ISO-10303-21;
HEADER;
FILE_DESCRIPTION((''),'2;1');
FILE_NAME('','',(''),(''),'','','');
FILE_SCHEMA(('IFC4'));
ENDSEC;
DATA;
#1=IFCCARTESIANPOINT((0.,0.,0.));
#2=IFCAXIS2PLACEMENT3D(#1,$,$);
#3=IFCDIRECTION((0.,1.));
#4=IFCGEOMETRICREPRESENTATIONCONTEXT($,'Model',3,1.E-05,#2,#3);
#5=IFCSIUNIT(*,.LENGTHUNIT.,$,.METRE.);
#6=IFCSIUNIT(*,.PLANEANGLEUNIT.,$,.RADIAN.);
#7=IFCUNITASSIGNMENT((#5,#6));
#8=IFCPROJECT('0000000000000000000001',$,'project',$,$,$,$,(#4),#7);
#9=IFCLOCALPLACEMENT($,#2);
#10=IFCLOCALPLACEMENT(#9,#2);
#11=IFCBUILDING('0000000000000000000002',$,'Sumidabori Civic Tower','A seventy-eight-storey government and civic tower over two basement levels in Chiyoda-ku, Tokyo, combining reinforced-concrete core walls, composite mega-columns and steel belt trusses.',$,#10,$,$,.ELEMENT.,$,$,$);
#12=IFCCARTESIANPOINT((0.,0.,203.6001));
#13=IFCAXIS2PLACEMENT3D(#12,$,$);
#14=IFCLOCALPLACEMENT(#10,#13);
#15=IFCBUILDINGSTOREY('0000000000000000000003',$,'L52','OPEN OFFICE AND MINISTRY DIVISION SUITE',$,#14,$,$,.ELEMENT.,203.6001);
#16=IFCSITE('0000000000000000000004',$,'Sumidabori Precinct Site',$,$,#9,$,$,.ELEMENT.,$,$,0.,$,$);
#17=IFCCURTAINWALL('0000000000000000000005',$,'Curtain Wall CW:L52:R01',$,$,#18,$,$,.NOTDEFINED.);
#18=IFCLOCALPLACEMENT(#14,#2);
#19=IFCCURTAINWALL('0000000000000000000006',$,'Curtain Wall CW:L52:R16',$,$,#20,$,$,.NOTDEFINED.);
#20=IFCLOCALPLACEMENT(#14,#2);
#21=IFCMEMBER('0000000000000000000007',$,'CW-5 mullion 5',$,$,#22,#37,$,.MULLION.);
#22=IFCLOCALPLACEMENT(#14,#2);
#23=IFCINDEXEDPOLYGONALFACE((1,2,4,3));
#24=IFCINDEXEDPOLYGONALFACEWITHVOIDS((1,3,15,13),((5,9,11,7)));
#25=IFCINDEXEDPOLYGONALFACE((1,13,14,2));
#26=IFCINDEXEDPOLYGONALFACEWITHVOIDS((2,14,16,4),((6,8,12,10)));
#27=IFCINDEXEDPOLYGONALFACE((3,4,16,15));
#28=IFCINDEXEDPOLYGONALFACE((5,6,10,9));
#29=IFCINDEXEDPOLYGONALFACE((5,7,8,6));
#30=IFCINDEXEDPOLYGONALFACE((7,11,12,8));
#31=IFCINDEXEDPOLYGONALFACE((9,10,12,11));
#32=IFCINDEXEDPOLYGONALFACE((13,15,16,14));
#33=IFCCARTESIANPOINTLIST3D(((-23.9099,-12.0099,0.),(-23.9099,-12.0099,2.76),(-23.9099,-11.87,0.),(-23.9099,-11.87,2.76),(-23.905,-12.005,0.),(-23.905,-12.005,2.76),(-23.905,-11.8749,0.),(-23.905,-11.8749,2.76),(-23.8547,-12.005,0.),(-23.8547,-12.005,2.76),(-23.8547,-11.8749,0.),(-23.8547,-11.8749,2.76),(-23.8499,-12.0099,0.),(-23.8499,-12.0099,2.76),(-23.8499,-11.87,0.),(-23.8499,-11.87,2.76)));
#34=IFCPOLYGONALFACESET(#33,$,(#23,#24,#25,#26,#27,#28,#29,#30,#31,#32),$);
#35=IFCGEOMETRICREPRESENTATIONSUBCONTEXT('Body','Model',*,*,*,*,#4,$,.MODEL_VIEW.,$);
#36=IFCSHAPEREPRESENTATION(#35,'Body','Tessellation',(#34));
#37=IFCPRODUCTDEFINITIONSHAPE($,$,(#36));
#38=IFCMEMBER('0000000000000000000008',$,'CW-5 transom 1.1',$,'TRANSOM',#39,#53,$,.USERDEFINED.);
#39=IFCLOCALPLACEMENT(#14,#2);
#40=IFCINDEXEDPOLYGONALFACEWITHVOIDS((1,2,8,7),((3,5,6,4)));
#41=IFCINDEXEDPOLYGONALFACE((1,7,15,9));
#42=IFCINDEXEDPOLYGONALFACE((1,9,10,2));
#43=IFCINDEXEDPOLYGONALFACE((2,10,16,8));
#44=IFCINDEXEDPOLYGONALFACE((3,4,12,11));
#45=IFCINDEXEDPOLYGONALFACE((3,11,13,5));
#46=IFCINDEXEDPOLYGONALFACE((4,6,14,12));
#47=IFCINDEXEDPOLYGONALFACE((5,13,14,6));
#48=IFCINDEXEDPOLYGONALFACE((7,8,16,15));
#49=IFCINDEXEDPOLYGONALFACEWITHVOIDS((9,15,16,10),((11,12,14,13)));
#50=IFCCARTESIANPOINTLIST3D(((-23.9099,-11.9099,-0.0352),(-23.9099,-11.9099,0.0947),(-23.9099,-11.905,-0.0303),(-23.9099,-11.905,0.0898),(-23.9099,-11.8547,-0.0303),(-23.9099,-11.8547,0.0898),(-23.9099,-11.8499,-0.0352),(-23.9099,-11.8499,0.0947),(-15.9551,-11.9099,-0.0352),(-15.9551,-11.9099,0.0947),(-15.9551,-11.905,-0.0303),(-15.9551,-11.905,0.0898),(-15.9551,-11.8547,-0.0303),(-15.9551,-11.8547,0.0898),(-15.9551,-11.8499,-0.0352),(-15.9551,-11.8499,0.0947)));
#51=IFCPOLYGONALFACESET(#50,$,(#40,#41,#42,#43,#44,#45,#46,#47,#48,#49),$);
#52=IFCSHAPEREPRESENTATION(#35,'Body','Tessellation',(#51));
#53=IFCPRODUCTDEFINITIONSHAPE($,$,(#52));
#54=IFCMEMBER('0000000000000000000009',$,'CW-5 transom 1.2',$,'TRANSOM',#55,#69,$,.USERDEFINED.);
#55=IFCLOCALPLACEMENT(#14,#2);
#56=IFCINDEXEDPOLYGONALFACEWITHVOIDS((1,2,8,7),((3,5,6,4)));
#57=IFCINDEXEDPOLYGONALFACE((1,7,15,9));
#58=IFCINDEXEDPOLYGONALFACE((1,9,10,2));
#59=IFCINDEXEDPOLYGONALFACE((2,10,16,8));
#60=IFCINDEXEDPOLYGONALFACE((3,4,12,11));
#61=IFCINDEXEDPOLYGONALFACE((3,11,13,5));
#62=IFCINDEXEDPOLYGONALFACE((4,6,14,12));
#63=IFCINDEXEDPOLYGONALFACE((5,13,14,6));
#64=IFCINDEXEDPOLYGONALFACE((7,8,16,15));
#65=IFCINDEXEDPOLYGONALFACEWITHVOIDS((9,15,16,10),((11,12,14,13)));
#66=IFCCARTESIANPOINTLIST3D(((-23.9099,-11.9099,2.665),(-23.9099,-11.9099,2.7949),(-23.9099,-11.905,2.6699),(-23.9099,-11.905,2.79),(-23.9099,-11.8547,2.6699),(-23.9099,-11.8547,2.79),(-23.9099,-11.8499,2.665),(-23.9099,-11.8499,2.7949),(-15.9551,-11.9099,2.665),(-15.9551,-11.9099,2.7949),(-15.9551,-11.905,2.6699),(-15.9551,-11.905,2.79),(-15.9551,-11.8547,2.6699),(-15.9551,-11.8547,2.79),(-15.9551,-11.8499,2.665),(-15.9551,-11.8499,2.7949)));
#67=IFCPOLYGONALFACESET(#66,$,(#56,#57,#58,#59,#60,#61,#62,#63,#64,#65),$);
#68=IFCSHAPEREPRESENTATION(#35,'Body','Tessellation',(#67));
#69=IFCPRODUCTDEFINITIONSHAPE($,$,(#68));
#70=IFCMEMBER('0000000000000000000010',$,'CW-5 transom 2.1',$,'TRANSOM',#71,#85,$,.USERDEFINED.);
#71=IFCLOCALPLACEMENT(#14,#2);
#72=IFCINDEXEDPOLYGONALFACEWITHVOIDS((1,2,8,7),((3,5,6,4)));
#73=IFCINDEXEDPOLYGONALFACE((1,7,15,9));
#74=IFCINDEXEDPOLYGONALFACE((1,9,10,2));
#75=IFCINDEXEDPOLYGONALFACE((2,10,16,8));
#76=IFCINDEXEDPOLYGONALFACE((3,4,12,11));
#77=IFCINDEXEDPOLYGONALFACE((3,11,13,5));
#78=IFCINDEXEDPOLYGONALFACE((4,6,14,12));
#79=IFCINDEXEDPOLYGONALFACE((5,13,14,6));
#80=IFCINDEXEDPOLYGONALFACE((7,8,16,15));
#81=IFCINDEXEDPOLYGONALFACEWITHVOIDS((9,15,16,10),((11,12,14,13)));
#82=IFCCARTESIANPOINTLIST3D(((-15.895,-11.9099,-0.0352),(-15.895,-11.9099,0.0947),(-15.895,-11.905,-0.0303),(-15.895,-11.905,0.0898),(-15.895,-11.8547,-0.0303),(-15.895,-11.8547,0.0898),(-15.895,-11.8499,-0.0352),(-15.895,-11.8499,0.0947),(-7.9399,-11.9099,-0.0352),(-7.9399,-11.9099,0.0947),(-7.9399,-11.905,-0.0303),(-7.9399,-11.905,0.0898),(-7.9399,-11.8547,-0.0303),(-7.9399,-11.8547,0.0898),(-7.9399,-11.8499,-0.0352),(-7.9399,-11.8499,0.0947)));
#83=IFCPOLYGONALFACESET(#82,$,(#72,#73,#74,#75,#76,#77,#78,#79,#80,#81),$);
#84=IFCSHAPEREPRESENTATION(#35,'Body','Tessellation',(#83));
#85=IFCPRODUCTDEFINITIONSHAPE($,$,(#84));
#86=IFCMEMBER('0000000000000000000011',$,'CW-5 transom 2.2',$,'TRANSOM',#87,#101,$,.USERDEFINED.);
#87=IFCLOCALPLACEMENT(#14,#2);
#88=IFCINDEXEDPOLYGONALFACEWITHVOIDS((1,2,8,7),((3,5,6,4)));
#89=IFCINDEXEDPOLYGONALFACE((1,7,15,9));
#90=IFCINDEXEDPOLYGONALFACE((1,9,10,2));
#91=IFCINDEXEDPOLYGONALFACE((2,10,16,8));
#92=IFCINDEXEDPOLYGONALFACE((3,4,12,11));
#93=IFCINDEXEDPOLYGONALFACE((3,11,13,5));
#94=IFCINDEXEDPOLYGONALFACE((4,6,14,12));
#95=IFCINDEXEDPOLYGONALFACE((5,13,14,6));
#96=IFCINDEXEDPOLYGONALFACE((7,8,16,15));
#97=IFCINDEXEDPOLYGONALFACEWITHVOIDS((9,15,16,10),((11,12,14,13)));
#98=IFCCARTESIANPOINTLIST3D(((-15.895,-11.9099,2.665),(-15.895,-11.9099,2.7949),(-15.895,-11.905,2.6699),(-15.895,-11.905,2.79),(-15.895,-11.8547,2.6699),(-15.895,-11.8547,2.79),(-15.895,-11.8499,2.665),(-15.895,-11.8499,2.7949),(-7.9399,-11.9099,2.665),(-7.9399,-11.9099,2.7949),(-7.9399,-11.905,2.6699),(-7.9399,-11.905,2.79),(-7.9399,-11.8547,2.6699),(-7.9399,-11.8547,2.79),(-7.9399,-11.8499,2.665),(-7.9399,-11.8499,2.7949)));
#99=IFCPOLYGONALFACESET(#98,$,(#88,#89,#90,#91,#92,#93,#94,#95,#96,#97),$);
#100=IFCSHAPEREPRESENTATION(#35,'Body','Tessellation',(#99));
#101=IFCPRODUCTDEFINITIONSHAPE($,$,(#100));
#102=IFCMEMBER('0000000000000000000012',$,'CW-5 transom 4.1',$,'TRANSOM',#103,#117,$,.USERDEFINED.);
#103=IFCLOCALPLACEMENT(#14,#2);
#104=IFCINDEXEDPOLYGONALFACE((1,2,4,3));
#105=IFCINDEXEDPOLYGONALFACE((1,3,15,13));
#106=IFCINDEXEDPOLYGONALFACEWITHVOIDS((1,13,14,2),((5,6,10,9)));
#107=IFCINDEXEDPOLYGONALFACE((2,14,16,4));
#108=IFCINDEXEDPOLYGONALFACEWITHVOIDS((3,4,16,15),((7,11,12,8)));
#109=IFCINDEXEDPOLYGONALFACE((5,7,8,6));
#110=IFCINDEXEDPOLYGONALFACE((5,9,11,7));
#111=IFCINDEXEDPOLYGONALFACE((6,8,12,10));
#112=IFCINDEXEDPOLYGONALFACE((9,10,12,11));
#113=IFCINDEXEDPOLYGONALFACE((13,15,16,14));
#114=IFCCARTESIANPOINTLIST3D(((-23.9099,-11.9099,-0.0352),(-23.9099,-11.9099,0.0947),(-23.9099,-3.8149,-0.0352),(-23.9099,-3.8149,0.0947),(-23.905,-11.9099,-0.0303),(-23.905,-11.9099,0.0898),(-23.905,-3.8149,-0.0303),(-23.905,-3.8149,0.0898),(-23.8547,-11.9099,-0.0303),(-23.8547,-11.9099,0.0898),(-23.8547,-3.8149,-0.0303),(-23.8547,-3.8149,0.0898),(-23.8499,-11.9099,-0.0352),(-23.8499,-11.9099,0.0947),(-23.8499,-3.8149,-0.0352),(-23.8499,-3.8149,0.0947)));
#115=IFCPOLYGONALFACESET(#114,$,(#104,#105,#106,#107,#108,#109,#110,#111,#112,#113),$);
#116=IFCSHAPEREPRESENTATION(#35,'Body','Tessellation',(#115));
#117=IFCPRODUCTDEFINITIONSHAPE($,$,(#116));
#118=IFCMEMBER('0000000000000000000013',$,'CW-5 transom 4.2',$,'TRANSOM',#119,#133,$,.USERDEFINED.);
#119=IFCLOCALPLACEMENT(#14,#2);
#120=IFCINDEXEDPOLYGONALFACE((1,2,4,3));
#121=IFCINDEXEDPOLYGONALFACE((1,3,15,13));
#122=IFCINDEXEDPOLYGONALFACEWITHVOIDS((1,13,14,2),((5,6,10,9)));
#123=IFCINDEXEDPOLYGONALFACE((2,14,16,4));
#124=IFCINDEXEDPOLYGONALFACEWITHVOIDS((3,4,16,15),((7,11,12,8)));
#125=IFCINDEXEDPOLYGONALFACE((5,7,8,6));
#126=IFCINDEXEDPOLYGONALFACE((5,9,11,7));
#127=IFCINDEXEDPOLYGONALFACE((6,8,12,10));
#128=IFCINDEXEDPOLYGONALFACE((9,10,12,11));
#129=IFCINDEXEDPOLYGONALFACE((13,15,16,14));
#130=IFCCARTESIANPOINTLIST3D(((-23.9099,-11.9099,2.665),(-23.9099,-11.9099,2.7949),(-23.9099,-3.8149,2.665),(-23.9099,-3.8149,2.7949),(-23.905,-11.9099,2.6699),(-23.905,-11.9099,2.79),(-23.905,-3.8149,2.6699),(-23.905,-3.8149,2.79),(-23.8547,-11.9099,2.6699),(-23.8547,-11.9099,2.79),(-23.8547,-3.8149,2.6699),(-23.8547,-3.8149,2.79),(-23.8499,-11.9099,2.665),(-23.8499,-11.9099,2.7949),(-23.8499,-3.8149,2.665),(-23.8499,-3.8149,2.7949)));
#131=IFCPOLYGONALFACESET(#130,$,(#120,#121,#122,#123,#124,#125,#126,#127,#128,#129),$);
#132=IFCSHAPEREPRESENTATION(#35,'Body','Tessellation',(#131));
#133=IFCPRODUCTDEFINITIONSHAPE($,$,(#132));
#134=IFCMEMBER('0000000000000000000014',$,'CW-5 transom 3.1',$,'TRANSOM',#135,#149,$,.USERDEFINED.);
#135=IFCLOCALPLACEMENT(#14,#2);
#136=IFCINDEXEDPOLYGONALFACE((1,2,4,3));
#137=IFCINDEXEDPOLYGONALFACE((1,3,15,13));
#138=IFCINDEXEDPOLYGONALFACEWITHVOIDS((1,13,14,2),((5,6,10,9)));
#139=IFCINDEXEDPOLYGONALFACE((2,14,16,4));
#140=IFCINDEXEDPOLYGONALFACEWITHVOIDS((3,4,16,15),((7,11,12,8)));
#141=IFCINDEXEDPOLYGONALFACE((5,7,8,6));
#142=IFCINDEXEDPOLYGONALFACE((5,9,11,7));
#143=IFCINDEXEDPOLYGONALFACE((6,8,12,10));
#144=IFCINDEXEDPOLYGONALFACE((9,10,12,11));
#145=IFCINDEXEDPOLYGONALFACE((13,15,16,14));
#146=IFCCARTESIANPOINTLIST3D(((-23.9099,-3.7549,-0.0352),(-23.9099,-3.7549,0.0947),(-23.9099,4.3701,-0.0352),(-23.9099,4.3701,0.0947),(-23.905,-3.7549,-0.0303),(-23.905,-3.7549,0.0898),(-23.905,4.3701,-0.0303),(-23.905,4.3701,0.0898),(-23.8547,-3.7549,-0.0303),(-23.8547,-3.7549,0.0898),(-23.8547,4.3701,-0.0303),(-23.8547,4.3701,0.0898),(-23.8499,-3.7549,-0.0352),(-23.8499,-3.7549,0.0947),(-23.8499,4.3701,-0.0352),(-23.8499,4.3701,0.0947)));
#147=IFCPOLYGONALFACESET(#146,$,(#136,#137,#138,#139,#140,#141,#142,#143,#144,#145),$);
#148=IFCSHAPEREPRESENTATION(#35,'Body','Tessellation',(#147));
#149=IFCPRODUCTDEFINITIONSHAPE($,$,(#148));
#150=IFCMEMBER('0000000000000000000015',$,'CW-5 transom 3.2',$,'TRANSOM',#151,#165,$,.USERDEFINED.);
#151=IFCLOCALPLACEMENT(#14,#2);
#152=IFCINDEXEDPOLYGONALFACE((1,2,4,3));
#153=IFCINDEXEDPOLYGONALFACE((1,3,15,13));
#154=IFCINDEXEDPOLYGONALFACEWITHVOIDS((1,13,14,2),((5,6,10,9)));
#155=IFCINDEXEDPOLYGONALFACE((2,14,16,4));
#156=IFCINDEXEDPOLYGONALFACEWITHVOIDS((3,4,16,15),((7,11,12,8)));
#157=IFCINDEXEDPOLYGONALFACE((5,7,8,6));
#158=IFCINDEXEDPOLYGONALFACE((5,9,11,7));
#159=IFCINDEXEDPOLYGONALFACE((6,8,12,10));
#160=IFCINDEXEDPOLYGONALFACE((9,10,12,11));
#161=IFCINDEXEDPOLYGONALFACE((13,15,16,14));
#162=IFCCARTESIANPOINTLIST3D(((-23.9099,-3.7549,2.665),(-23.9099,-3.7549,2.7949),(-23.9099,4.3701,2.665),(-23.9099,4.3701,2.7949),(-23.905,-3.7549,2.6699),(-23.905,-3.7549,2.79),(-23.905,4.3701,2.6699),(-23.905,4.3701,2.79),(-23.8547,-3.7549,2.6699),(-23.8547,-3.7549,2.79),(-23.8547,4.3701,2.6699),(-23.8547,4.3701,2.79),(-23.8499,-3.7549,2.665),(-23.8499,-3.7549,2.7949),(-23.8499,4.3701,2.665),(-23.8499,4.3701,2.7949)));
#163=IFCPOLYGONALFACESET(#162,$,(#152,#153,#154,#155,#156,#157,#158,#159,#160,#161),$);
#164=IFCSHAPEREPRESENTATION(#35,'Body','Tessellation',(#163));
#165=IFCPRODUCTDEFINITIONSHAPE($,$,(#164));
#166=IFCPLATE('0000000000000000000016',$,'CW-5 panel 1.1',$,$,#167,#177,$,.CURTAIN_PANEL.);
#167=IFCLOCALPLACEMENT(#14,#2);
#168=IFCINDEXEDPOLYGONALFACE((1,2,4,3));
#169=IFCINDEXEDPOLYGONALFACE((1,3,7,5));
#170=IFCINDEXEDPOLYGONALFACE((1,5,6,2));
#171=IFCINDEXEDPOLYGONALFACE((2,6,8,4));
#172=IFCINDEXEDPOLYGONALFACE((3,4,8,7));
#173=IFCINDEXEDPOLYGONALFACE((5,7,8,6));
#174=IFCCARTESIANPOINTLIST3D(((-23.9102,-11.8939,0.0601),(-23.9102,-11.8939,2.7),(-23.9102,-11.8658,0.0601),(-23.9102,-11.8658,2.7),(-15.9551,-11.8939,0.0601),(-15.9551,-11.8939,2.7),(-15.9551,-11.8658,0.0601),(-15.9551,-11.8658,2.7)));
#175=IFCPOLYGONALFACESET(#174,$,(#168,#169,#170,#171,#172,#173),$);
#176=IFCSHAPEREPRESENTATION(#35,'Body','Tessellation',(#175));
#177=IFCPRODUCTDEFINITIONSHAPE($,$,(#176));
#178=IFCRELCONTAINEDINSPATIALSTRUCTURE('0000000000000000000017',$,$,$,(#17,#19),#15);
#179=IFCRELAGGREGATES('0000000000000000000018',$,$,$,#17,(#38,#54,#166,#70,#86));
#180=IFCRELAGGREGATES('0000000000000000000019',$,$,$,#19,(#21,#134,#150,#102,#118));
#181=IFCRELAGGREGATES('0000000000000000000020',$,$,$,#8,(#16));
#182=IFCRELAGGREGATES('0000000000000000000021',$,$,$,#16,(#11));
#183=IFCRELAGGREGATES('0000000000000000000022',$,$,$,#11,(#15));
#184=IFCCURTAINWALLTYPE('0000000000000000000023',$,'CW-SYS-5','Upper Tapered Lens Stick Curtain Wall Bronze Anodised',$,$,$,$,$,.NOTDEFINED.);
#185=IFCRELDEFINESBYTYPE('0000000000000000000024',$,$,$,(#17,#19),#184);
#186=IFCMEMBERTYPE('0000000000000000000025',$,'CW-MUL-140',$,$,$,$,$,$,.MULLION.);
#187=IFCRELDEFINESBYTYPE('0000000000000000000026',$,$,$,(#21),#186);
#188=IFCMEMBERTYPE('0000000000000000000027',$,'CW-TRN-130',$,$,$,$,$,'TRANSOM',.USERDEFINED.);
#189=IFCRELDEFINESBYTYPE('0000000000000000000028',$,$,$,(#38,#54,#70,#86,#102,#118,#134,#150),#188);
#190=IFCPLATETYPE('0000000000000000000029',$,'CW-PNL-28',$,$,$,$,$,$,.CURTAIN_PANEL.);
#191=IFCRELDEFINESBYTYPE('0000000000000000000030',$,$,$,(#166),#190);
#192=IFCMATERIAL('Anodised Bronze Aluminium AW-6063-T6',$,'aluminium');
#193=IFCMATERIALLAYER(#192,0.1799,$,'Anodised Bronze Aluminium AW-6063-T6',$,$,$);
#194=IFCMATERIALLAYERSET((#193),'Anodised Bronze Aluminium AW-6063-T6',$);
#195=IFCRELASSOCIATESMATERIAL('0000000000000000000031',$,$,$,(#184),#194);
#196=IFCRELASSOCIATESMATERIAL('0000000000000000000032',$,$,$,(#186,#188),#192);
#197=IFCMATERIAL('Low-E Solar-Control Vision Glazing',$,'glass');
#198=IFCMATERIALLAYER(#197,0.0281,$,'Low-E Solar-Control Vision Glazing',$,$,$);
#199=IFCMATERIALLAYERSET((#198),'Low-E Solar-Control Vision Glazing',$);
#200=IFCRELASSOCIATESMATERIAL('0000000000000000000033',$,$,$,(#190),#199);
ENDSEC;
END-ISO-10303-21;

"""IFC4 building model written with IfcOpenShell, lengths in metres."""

from ifc_helpers import new_model, si_unit, direction, frame, origin, origin_2d, place, context, subcontext, project, spatial, rectangle, hollow_rectangle, extrude, source, transform, mapped, material, layer, layer_set, material_profile, profile_set, type_object, element, aggregate, save


model = new_model("IFC4")

# Units and contexts
model_context = context("Model", 3, precision=1e-05, world=origin(), true_north=direction((0.0, 1.0)))
body_context = subcontext(model_context, "Body", "Model", "MODEL_VIEW")
ifc_project = project(units=[si_unit("LENGTHUNIT", "METRE"), si_unit("PLANEANGLEUNIT", "RADIAN")], contexts=[model_context])

# Site, building, storey
site_placement = place(None, origin())
site = spatial("IfcSite", under=ifc_project, at=site_placement, Name="Sumidabori Precinct Site", CompositionType="ELEMENT", RefElevation=0.0)
building_placement = place(site_placement, origin())
building = spatial("IfcBuilding", under=site, at=building_placement, Name="Sumidabori Civic Tower", Description="A seventy-eight-storey government and civic tower over two basement levels in Chiyoda-ku, Tokyo, combining reinforced-concrete core walls, composite mega-columns and steel belt trusses.", CompositionType="ELEMENT")
storey_placement = place(building_placement, frame((0.0, 0.0, 203.6001)))
storey = spatial("IfcBuildingStorey", under=building, at=storey_placement, Name="L52", Description="OPEN OFFICE AND MINISTRY DIVISION SUITE", CompositionType="ELEMENT", Elevation=203.6001)

# Curtain walls, member
ifc_material_1 = material(Name="Anodised Bronze Aluminium AW-6063-T6", Category="aluminium")
ifc_layer_1 = layer(ifc_material_1, 0.1799, Name="Anodised Bronze Aluminium AW-6063-T6")
ifc_layer_set_1 = layer_set([ifc_layer_1], Name="Anodised Bronze Aluminium AW-6063-T6")
curtain_wall_type = type_object("IfcCurtainWallType", Name="CW-SYS-5", Description="Upper Tapered Lens Stick Curtain Wall Bronze Anodised", PredefinedType="NOTDEFINED", material=ifc_layer_set_1)
curtain_wall_1_placement = place(storey_placement, origin())
curtain_wall_1 = element("IfcCurtainWall", 1, at=curtain_wall_1_placement, inside=storey, type_object=curtain_wall_type, Name="Curtain Wall CW:L52:R01", PredefinedType="NOTDEFINED")
ifc_material_profile_1 = material_profile(ifc_material_1, hollow_rectangle(XDim=0.0601, YDim=0.1399, WallThickness=0.0049, at=origin_2d()), Name="ALU MULLION 140x60")
ifc_profile_set_1 = profile_set([ifc_material_profile_1], Name="Anodised Bronze Aluminium AW-6063-T6")
member_type_1 = type_object("IfcMemberType", Name="CW-MUL-140", PredefinedType="MULLION", material=ifc_profile_set_1)
shared_shape_1 = source(origin(), body_context, "Body", "SweptSolid", [
    extrude(hollow_rectangle(XDim=0.0601, YDim=0.1399, WallThickness=0.0049, at=origin_2d()), origin(), (0.0, 0.0, 1.0), 2.76),
])
curtain_wall_2_placement = place(storey_placement, origin())
curtain_wall_2 = element("IfcCurtainWall", 2, at=curtain_wall_2_placement, inside=storey, type_object=curtain_wall_type, Name="Curtain Wall CW:L52:R16", PredefinedType="NOTDEFINED")
member_1_placement = place(storey_placement, frame((-23.8799, -11.9399, 0.0), z_axis=(0.0, 0.0, 1.0), x_axis=(1.0, 0.0, 0.0)))
member_1 = element("IfcMember", 3, at=member_1_placement, type_object=member_type_1, Name="CW-5 mullion 5", PredefinedType="MULLION", context=body_context, shape_type="MappedRepresentation", body=[
    mapped(shared_shape_1, transform((0.0, 0.0, 0.0), x_axis=(1.0, 0.0, 0.0), y_axis=(0.0, 1.0, 0.0), z_axis=(0.0, 0.0, 1.0), scale=1.0)),
])

# Members
ifc_material_profile_2 = material_profile(ifc_material_1, hollow_rectangle(XDim=0.0601, YDim=0.1299, WallThickness=0.0049, at=origin_2d()), Name="ALU TRANSOM 130x60")
ifc_profile_set_2 = profile_set([ifc_material_profile_2], Name="Anodised Bronze Aluminium AW-6063-T6")
member_type_2 = type_object("IfcMemberType", Name="CW-TRN-130", ElementType="TRANSOM", PredefinedType="USERDEFINED", material=ifc_profile_set_2)
shared_shape_2 = source(origin(), body_context, "Body", "SweptSolid", [
    extrude(hollow_rectangle(XDim=0.0601, YDim=0.1299, WallThickness=0.0049, at=origin_2d()), origin(), (0.0, 0.0, 1.0), 7.9548),
])
member_2_placement = place(storey_placement, frame((-23.9099, -11.8799, 0.0298), z_axis=(1.0, 0.0, 0.0), x_axis=(0.0, 1.0, 0.0)))
member_2 = element("IfcMember", 4, at=member_2_placement, type_object=member_type_2, Name="CW-5 transom 1.1", ObjectType="TRANSOM", PredefinedType="USERDEFINED", context=body_context, shape_type="MappedRepresentation", body=[
    mapped(shared_shape_2, transform((0.0, 0.0, 0.0), x_axis=(1.0, 0.0, 0.0), y_axis=(0.0, 1.0, 0.0), z_axis=(0.0, 0.0, 1.0), scale=1.0)),
])
member_3_placement = place(storey_placement, frame((-23.9099, -11.8799, 2.73), z_axis=(1.0, 0.0, 0.0), x_axis=(0.0, 1.0, 0.0)))
member_3 = element("IfcMember", 5, at=member_3_placement, type_object=member_type_2, Name="CW-5 transom 1.2", ObjectType="TRANSOM", PredefinedType="USERDEFINED", context=body_context, shape_type="MappedRepresentation", body=[
    mapped(shared_shape_2, transform((0.0, 0.0, 0.0), x_axis=(1.0, 0.0, 0.0), y_axis=(0.0, 1.0, 0.0), z_axis=(0.0, 0.0, 1.0), scale=1.0)),
])
shared_shape_3 = source(origin(), body_context, "Body", "SweptSolid", [
    extrude(hollow_rectangle(XDim=0.0601, YDim=0.1299, WallThickness=0.0049, at=origin_2d()), origin(), (0.0, 0.0, 1.0), 7.9551),
])
member_4_placement = place(storey_placement, frame((-15.895, -11.8799, 0.0298), z_axis=(1.0, 0.0, 0.0), x_axis=(0.0, 1.0, 0.0)))
member_4 = element("IfcMember", 6, at=member_4_placement, type_object=member_type_2, Name="CW-5 transom 2.1", ObjectType="TRANSOM", PredefinedType="USERDEFINED", context=body_context, shape_type="MappedRepresentation", body=[
    mapped(shared_shape_3, transform((0.0, 0.0, 0.0), x_axis=(1.0, 0.0, 0.0), y_axis=(0.0, 1.0, 0.0), z_axis=(0.0, 0.0, 1.0), scale=1.0)),
])
member_5_placement = place(storey_placement, frame((-15.895, -11.8799, 2.73), z_axis=(1.0, 0.0, 0.0), x_axis=(0.0, 1.0, 0.0)))
member_5 = element("IfcMember", 7, at=member_5_placement, type_object=member_type_2, Name="CW-5 transom 2.2", ObjectType="TRANSOM", PredefinedType="USERDEFINED", context=body_context, shape_type="MappedRepresentation", body=[
    mapped(shared_shape_3, transform((0.0, 0.0, 0.0), x_axis=(1.0, 0.0, 0.0), y_axis=(0.0, 1.0, 0.0), z_axis=(0.0, 0.0, 1.0), scale=1.0)),
])
shared_shape_4 = source(origin(), body_context, "Body", "SweptSolid", [
    extrude(hollow_rectangle(XDim=0.0601, YDim=0.1299, WallThickness=0.0049, at=origin_2d()), origin(), (0.0, 0.0, 1.0), 8.095),
])
member_6_placement = place(storey_placement, frame((-23.8799, -3.8149, 0.0298), z_axis=(0.0, -1.0, 0.0), x_axis=(1.0, 0.0, 0.0)))
member_6 = element("IfcMember", 8, at=member_6_placement, type_object=member_type_2, Name="CW-5 transom 4.1", ObjectType="TRANSOM", PredefinedType="USERDEFINED", context=body_context, shape_type="MappedRepresentation", body=[
    mapped(shared_shape_4, transform((0.0, 0.0, 0.0), x_axis=(1.0, 0.0, 0.0), y_axis=(0.0, 1.0, 0.0), z_axis=(0.0, 0.0, 1.0), scale=1.0)),
])
member_7_placement = place(storey_placement, frame((-23.8799, -3.8149, 2.73), z_axis=(0.0, -1.0, 0.0), x_axis=(1.0, 0.0, 0.0)))
member_7 = element("IfcMember", 9, at=member_7_placement, type_object=member_type_2, Name="CW-5 transom 4.2", ObjectType="TRANSOM", PredefinedType="USERDEFINED", context=body_context, shape_type="MappedRepresentation", body=[
    mapped(shared_shape_4, transform((0.0, 0.0, 0.0), x_axis=(1.0, 0.0, 0.0), y_axis=(0.0, 1.0, 0.0), z_axis=(0.0, 0.0, 1.0), scale=1.0)),
])
shared_shape_5 = source(origin(), body_context, "Body", "SweptSolid", [
    extrude(hollow_rectangle(XDim=0.0601, YDim=0.1299, WallThickness=0.0049, at=origin_2d()), origin(), (0.0, 0.0, 1.0), 8.125),
])
member_8_placement = place(storey_placement, frame((-23.8799, 4.3701, 0.0298), z_axis=(0.0, -1.0, 0.0), x_axis=(1.0, 0.0, 0.0)))
member_8 = element("IfcMember", 10, at=member_8_placement, type_object=member_type_2, Name="CW-5 transom 3.1", ObjectType="TRANSOM", PredefinedType="USERDEFINED", context=body_context, shape_type="MappedRepresentation", body=[
    mapped(shared_shape_5, transform((0.0, 0.0, 0.0), x_axis=(1.0, 0.0, 0.0), y_axis=(0.0, 1.0, 0.0), z_axis=(0.0, 0.0, 1.0), scale=1.0)),
])
member_9_placement = place(storey_placement, frame((-23.8799, 4.3701, 2.73), z_axis=(0.0, -1.0, 0.0), x_axis=(1.0, 0.0, 0.0)))
member_9 = element("IfcMember", 11, at=member_9_placement, type_object=member_type_2, Name="CW-5 transom 3.2", ObjectType="TRANSOM", PredefinedType="USERDEFINED", context=body_context, shape_type="MappedRepresentation", body=[
    mapped(shared_shape_5, transform((0.0, 0.0, 0.0), x_axis=(1.0, 0.0, 0.0), y_axis=(0.0, 1.0, 0.0), z_axis=(0.0, 0.0, 1.0), scale=1.0)),
])

# Plate
ifc_material_2 = material(Name="Low-E Solar-Control Vision Glazing", Category="glass")
ifc_layer_2 = layer(ifc_material_2, 0.0281, Name="Low-E Solar-Control Vision Glazing")
ifc_layer_set_2 = layer_set([ifc_layer_2], Name="Low-E Solar-Control Vision Glazing")
plate_type = type_object("IfcPlateType", Name="CW-PNL-28", PredefinedType="CURTAIN_PANEL", material=ifc_layer_set_2)
shared_shape_6 = source(origin(), body_context, "Body", "SweptSolid", [
    extrude(rectangle(XDim=7.9551, YDim=0.0281, at=origin_2d()), origin(), (0.0, 0.0, 1.0), 2.6399),
])
plate_1_placement = place(storey_placement, frame((-19.9326, -11.8799, 0.0601), z_axis=(0.0, 0.0, 1.0), x_axis=(1.0, 0.0, 0.0)))
plate_1 = element("IfcPlate", 12, at=plate_1_placement, type_object=plate_type, Name="CW-5 panel 1.1", PredefinedType="CURTAIN_PANEL", context=body_context, shape_type="MappedRepresentation", body=[
    mapped(shared_shape_6, transform((0.0, 0.0, 0.0), x_axis=(1.0, 0.0, 0.0), y_axis=(0.0, 1.0, 0.0), z_axis=(0.0, 0.0, 1.0), scale=1.0)),
])
aggregate(curtain_wall_1, [member_2, member_3, plate_1, member_4, member_5])
aggregate(curtain_wall_2, [member_1, member_8, member_9, member_6, member_7])

save(model, "model.ifc")
